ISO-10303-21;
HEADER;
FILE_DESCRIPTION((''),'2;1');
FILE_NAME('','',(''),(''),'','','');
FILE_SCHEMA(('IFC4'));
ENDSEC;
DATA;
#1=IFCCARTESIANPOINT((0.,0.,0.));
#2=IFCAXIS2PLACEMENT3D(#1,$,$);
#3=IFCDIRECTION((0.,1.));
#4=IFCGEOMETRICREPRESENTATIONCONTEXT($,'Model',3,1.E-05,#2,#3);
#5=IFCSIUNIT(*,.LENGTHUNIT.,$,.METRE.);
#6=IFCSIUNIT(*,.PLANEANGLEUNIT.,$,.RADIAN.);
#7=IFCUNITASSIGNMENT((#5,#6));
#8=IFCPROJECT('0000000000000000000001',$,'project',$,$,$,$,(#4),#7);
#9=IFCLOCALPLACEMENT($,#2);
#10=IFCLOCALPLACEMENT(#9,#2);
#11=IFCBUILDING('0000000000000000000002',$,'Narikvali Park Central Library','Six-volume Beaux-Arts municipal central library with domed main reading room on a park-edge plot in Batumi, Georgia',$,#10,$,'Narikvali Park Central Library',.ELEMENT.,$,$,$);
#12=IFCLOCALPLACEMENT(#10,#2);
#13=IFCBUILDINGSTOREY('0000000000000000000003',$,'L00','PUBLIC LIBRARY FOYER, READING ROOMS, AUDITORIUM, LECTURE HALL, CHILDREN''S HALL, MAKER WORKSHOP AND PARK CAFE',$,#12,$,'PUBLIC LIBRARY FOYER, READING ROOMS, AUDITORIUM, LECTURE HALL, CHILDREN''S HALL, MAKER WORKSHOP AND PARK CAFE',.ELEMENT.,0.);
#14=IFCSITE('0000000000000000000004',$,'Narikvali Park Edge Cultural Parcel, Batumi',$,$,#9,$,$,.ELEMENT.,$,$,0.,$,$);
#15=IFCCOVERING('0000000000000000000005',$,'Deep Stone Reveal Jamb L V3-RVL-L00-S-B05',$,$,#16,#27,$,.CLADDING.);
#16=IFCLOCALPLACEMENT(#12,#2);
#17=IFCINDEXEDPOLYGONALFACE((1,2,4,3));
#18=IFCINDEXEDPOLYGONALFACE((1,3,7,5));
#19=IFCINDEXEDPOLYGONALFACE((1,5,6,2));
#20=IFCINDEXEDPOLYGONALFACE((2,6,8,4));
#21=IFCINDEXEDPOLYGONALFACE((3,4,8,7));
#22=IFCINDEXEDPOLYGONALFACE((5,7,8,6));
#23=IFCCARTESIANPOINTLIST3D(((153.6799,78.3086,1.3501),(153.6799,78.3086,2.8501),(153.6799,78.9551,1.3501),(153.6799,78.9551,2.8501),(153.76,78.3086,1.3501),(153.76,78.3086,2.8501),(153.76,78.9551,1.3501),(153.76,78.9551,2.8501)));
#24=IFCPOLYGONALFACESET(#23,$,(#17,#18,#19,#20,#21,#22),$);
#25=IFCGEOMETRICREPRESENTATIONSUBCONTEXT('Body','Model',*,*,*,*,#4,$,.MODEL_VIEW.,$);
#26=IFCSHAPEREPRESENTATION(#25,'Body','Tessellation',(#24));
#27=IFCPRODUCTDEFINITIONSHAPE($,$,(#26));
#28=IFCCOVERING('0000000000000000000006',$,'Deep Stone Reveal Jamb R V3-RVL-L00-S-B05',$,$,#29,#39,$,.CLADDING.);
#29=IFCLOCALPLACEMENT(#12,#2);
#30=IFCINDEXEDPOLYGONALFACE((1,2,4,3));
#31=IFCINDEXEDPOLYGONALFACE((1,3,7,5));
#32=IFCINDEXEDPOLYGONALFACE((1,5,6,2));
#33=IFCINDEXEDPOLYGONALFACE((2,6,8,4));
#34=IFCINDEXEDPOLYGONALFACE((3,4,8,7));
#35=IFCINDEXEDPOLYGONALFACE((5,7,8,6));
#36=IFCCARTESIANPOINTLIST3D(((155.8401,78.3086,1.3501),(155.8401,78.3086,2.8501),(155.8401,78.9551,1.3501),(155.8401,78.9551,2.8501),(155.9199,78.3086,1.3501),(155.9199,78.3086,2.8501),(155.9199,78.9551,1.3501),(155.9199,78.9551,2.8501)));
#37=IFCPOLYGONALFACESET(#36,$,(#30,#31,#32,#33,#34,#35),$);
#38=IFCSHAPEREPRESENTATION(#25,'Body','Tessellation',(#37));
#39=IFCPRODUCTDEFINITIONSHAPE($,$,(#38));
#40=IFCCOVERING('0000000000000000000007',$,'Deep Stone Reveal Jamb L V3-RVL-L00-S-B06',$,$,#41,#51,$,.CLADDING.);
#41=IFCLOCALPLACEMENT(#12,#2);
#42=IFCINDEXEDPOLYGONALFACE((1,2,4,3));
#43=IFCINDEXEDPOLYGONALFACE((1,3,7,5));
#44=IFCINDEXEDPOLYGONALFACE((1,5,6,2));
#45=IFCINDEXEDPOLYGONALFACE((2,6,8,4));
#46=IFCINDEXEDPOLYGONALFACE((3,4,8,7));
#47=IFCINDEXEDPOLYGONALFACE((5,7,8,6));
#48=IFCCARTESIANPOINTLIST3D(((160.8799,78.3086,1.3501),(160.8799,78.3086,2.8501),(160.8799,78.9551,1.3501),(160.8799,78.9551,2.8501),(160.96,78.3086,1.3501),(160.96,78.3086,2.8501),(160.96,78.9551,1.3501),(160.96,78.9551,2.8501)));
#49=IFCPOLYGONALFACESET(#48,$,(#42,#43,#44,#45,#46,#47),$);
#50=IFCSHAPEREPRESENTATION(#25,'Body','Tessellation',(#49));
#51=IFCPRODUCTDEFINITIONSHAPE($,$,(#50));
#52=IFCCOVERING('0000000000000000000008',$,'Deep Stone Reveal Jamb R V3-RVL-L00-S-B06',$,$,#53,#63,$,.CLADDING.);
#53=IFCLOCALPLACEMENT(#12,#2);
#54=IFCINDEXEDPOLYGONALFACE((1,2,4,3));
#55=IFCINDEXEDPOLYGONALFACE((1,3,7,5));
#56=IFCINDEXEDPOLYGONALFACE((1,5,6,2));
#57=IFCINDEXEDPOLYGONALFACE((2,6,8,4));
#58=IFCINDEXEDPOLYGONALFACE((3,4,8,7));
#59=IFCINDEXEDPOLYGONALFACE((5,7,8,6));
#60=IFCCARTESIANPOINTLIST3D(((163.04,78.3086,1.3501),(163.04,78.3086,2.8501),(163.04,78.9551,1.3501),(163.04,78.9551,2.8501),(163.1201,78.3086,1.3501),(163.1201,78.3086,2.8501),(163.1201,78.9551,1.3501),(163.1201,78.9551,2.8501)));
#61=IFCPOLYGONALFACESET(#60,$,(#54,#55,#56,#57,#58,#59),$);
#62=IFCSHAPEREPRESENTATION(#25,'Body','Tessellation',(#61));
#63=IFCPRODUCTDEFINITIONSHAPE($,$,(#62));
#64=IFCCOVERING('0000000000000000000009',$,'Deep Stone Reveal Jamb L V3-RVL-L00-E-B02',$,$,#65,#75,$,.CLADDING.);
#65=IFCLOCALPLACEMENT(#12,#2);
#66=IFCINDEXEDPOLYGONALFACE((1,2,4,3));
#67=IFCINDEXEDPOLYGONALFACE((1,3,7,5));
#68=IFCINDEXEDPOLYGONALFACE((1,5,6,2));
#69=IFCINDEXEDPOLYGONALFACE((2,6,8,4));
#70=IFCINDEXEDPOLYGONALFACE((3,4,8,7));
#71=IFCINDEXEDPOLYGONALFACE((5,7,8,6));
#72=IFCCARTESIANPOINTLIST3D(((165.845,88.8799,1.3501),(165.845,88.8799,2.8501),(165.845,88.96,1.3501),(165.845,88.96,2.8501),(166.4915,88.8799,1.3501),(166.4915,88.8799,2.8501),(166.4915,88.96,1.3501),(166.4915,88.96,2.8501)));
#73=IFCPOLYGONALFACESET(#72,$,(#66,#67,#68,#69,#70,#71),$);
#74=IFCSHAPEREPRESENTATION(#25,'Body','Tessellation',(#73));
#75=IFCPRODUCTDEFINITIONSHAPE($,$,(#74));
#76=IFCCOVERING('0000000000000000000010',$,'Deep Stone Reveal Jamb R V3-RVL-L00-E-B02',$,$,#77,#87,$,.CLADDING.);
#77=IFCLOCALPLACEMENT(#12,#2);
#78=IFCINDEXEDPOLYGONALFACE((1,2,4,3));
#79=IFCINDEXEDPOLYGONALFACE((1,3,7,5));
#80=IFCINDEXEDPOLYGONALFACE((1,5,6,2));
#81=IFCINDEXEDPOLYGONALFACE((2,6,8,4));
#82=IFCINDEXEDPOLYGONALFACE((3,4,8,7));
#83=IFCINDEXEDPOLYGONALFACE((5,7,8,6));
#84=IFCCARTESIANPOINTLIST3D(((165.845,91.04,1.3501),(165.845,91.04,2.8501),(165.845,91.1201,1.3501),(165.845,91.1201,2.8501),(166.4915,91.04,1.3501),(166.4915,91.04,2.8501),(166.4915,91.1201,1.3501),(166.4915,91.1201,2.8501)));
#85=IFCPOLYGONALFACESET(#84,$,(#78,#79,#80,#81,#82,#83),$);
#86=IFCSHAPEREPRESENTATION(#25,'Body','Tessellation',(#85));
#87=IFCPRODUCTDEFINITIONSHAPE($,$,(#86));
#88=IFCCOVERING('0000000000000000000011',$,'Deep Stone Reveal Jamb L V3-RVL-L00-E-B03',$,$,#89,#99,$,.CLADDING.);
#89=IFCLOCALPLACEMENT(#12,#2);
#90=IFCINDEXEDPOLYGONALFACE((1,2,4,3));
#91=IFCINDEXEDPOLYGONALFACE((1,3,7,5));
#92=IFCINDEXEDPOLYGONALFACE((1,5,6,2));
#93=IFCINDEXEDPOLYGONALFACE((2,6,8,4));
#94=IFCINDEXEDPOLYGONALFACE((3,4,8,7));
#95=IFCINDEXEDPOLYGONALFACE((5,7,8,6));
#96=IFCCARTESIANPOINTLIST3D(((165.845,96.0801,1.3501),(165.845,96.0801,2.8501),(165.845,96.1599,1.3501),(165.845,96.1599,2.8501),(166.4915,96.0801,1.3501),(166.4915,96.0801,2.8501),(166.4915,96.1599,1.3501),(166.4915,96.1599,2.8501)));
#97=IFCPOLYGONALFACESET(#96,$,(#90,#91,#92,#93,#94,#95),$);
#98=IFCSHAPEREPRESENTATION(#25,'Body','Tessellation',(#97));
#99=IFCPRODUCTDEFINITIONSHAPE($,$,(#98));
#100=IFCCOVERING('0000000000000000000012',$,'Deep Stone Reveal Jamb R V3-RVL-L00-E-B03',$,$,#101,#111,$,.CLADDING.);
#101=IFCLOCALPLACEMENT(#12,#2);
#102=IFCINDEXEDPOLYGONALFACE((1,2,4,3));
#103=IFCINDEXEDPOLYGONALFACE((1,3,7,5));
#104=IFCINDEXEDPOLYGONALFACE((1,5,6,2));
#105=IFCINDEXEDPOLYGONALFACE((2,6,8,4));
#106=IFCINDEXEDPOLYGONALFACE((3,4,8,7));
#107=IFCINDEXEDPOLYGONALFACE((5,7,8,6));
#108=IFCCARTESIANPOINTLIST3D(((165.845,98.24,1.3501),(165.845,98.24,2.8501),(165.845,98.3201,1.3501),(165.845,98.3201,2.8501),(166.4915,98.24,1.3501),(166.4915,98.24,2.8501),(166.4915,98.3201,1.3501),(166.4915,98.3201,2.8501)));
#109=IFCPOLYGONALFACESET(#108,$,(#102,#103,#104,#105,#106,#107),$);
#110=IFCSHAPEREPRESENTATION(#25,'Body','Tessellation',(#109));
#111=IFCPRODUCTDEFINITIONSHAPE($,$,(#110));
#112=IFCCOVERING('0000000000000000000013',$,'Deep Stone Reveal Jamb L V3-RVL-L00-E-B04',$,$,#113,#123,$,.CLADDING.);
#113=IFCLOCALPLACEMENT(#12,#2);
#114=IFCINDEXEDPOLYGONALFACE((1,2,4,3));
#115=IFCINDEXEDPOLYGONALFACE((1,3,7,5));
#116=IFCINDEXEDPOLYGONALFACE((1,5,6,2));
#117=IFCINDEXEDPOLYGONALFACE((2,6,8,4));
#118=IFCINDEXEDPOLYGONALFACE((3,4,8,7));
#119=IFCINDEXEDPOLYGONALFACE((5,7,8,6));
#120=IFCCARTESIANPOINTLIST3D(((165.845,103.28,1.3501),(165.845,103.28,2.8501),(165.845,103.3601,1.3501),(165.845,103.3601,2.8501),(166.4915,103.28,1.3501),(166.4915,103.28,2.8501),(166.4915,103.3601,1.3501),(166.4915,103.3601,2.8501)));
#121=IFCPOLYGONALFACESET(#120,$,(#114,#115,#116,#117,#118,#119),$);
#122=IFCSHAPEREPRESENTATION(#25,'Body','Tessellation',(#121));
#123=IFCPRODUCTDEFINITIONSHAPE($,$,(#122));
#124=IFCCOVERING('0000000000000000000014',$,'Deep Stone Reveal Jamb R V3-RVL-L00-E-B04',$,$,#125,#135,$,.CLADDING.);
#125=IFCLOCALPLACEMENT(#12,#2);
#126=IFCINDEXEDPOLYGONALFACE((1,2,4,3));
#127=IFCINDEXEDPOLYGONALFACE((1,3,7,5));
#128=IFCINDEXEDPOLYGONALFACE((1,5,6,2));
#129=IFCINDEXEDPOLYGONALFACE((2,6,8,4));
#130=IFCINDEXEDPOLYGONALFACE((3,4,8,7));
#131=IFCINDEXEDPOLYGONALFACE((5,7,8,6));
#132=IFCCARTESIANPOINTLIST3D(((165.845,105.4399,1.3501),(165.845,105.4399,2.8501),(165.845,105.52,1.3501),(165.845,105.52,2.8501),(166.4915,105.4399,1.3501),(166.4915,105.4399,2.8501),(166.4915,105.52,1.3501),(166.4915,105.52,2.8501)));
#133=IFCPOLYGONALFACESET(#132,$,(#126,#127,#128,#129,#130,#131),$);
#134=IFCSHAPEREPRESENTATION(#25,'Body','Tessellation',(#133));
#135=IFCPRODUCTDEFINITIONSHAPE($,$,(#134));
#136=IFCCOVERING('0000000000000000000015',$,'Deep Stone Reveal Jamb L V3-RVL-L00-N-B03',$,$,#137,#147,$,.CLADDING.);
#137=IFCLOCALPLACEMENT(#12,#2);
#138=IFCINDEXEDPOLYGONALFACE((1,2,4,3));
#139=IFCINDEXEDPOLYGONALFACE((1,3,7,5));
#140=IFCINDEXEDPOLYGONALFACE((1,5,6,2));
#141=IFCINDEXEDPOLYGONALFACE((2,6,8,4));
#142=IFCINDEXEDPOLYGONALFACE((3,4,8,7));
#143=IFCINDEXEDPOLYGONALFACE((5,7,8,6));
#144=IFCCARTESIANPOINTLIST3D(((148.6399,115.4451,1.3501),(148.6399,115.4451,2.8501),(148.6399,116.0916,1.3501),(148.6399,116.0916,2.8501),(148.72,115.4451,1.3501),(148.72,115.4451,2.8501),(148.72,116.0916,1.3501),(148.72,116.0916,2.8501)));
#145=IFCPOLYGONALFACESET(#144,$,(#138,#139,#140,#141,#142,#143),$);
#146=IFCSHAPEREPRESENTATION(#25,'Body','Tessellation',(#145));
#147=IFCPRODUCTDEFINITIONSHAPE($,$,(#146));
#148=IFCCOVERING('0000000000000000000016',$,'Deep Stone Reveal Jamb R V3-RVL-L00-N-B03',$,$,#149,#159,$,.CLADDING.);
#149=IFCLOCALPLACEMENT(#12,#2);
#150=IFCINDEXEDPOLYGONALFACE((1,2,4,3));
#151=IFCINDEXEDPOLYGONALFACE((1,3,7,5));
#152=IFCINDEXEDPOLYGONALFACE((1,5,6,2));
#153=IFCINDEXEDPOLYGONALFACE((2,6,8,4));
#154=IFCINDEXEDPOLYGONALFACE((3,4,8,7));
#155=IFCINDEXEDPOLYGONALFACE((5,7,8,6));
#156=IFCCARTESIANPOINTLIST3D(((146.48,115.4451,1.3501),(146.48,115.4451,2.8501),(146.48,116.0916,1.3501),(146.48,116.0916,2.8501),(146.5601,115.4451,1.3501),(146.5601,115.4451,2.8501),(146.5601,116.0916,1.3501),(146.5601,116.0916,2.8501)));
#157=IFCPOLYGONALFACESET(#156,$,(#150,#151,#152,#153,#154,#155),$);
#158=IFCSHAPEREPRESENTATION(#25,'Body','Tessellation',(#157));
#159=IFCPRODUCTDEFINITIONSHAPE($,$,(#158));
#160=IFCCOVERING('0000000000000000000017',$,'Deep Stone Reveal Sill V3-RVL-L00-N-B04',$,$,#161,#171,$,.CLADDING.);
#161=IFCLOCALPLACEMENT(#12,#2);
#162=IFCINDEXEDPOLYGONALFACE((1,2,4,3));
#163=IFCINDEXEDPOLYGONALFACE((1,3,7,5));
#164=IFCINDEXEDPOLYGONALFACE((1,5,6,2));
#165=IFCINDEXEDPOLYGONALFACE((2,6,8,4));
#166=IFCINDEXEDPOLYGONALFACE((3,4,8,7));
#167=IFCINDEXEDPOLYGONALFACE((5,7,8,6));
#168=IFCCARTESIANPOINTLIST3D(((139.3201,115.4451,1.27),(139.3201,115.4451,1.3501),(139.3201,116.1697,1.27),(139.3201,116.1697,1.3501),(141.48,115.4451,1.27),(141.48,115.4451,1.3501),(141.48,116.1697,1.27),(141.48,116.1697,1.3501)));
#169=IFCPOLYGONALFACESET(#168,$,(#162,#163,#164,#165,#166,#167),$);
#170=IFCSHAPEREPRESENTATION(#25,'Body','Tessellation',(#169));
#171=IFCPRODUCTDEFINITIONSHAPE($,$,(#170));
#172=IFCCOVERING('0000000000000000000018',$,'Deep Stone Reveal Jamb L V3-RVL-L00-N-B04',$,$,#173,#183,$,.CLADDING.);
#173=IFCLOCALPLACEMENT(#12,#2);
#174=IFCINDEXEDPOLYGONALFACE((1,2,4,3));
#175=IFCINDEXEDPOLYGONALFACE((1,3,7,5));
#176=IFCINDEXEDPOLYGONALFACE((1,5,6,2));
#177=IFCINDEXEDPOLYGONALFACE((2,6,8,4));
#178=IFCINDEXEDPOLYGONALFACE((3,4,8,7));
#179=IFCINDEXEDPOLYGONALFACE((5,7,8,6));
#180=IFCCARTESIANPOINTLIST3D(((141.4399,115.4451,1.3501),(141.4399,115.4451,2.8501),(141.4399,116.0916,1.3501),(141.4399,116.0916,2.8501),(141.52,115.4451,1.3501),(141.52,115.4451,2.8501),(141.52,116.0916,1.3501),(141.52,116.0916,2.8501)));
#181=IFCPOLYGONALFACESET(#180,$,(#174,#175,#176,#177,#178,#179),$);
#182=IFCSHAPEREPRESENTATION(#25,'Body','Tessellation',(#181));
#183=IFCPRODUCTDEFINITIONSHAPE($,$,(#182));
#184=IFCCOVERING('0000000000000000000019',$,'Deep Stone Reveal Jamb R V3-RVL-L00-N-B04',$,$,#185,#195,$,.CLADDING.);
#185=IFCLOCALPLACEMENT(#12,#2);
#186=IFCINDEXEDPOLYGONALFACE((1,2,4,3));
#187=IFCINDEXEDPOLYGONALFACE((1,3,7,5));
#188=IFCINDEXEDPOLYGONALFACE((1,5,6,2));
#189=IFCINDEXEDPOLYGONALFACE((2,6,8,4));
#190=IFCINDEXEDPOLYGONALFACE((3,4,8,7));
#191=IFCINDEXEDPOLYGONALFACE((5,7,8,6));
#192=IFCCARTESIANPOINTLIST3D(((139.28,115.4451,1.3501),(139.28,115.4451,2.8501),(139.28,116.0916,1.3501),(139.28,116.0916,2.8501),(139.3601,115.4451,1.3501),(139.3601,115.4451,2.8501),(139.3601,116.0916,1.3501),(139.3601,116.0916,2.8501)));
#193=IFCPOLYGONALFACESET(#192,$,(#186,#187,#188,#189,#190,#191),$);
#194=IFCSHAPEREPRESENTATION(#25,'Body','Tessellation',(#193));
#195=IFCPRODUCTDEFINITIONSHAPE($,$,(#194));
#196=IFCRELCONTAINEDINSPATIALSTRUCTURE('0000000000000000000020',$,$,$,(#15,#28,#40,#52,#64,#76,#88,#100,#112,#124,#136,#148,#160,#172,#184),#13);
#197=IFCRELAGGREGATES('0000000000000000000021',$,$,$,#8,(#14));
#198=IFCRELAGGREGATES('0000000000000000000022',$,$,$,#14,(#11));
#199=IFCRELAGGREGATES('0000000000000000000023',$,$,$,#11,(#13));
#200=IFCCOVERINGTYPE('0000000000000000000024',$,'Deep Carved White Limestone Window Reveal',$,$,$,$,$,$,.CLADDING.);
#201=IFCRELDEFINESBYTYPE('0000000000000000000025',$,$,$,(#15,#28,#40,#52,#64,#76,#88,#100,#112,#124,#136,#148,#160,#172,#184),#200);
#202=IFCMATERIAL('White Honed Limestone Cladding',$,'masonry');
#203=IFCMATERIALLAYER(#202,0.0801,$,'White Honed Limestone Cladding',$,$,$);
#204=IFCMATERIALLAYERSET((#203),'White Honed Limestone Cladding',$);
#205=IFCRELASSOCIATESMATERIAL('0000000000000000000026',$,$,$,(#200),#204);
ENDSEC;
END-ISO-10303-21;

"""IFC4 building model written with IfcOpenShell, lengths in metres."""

from ifc_helpers import new_model, si_unit, direction, frame, origin, place, context, subcontext, project, spatial, polyline, outline, extrude, material, layer, layer_set, type_object, element, save


model = new_model("IFC4")

# Units and contexts
model_context = context("Model", 3, precision=1e-05, world=origin(), true_north=direction((0.0, 1.0)))
body_context = subcontext(model_context, "Body", "Model", "MODEL_VIEW")
ifc_project = project(units=[si_unit("LENGTHUNIT", "METRE"), si_unit("PLANEANGLEUNIT", "RADIAN")], contexts=[model_context])

# Site, building, storey
site_placement = place(None, origin())
site = spatial("IfcSite", under=ifc_project, at=site_placement, Name="Narikvali Park Edge Cultural Parcel, Batumi", CompositionType="ELEMENT", RefElevation=0.0)
building_placement = place(site_placement, origin())
building = spatial("IfcBuilding", under=site, at=building_placement, Name="Narikvali Park Central Library", Description="Six-volume Beaux-Arts municipal central library with domed main reading room on a park-edge plot in Batumi, Georgia", LongName="Narikvali Park Central Library", CompositionType="ELEMENT")
storey_placement = place(building_placement, origin())
storey = spatial("IfcBuildingStorey", under=building, at=storey_placement, Name="L00", Description="PUBLIC LIBRARY FOYER, READING ROOMS, AUDITORIUM, LECTURE HALL, CHILDREN'S HALL, MAKER WORKSHOP AND PARK CAFE", LongName="PUBLIC LIBRARY FOYER, READING ROOMS, AUDITORIUM, LECTURE HALL, CHILDREN'S HALL, MAKER WORKSHOP AND PARK CAFE", CompositionType="ELEMENT", Elevation=0.0)

# Coverings
ifc_material = material(Name="White Honed Limestone Cladding", Category="masonry")
ifc_layer = layer(ifc_material, 0.0801, Name="White Honed Limestone Cladding")
ifc_layer_set = layer_set([ifc_layer], Name="White Honed Limestone Cladding")
covering_type = type_object("IfcCoveringType", Name="Deep Carved White Limestone Window Reveal", PredefinedType="CLADDING", material=ifc_layer_set)
covering_1_placement = place(storey_placement, frame((0.0, 0.0, 1.3501)))
element("IfcCovering", 1, at=covering_1_placement, inside=storey, type_object=covering_type, Name="Deep Stone Reveal Jamb L V3-RVL-L00-S-B05", PredefinedType="CLADDING", context=body_context, shape_type="SweptSolid", body=[
    extrude(outline(polyline([(153.6799, 78.9551), (153.76, 78.9551), (153.76, 78.3086), (153.6799, 78.3086), (153.6799, 78.9551)])), origin(), (0.0, 0.0, 1.0), 1.5),
])
covering_2_placement = place(storey_placement, frame((0.0, 0.0, 1.3501)))
element("IfcCovering", 2, at=covering_2_placement, inside=storey, type_object=covering_type, Name="Deep Stone Reveal Jamb R V3-RVL-L00-S-B05", PredefinedType="CLADDING", context=body_context, shape_type="SweptSolid", body=[
    extrude(outline(polyline([(155.8401, 78.9551), (155.9199, 78.9551), (155.9199, 78.3086), (155.8401, 78.3086), (155.8401, 78.9551)])), origin(), (0.0, 0.0, 1.0), 1.5),
])
covering_3_placement = place(storey_placement, frame((0.0, 0.0, 1.3501)))
element("IfcCovering", 3, at=covering_3_placement, inside=storey, type_object=covering_type, Name="Deep Stone Reveal Jamb L V3-RVL-L00-S-B06", PredefinedType="CLADDING", context=body_context, shape_type="SweptSolid", body=[
    extrude(outline(polyline([(160.8799, 78.9551), (160.96, 78.9551), (160.96, 78.3086), (160.8799, 78.3086), (160.8799, 78.9551)])), origin(), (0.0, 0.0, 1.0), 1.5),
])
covering_4_placement = place(storey_placement, frame((0.0, 0.0, 1.3501)))
element("IfcCovering", 4, at=covering_4_placement, inside=storey, type_object=covering_type, Name="Deep Stone Reveal Jamb R V3-RVL-L00-S-B06", PredefinedType="CLADDING", context=body_context, shape_type="SweptSolid", body=[
    extrude(outline(polyline([(163.04, 78.9551), (163.1201, 78.9551), (163.1201, 78.3086), (163.04, 78.3086), (163.04, 78.9551)])), origin(), (0.0, 0.0, 1.0), 1.5),
])
covering_5_placement = place(storey_placement, frame((0.0, 0.0, 1.3501)))
element("IfcCovering", 5, at=covering_5_placement, inside=storey, type_object=covering_type, Name="Deep Stone Reveal Jamb L V3-RVL-L00-E-B02", PredefinedType="CLADDING", context=body_context, shape_type="SweptSolid", body=[
    extrude(outline(polyline([(165.845, 88.8799), (165.845, 88.96), (166.4915, 88.96), (166.4915, 88.8799), (165.845, 88.8799)])), origin(), (0.0, 0.0, 1.0), 1.5),
])
covering_6_placement = place(storey_placement, frame((0.0, 0.0, 1.3501)))
element("IfcCovering", 6, at=covering_6_placement, inside=storey, type_object=covering_type, Name="Deep Stone Reveal Jamb R V3-RVL-L00-E-B02", PredefinedType="CLADDING", context=body_context, shape_type="SweptSolid", body=[
    extrude(outline(polyline([(165.845, 91.04), (165.845, 91.1201), (166.4915, 91.1201), (166.4915, 91.04), (165.845, 91.04)])), origin(), (0.0, 0.0, 1.0), 1.5),
])
covering_7_placement = place(storey_placement, frame((0.0, 0.0, 1.3501)))
element("IfcCovering", 7, at=covering_7_placement, inside=storey, type_object=covering_type, Name="Deep Stone Reveal Jamb L V3-RVL-L00-E-B03", PredefinedType="CLADDING", context=body_context, shape_type="SweptSolid", body=[
    extrude(outline(polyline([(165.845, 96.0801), (165.845, 96.1599), (166.4915, 96.1599), (166.4915, 96.0801), (165.845, 96.0801)])), origin(), (0.0, 0.0, 1.0), 1.5),
])
covering_8_placement = place(storey_placement, frame((0.0, 0.0, 1.3501)))
element("IfcCovering", 8, at=covering_8_placement, inside=storey, type_object=covering_type, Name="Deep Stone Reveal Jamb R V3-RVL-L00-E-B03", PredefinedType="CLADDING", context=body_context, shape_type="SweptSolid", body=[
    extrude(outline(polyline([(165.845, 98.24), (165.845, 98.3201), (166.4915, 98.3201), (166.4915, 98.24), (165.845, 98.24)])), origin(), (0.0, 0.0, 1.0), 1.5),
])
covering_9_placement = place(storey_placement, frame((0.0, 0.0, 1.3501)))
element("IfcCovering", 9, at=covering_9_placement, inside=storey, type_object=covering_type, Name="Deep Stone Reveal Jamb L V3-RVL-L00-E-B04", PredefinedType="CLADDING", context=body_context, shape_type="SweptSolid", body=[
    extrude(outline(polyline([(165.845, 103.28), (165.845, 103.3601), (166.4915, 103.3601), (166.4915, 103.28), (165.845, 103.28)])), origin(), (0.0, 0.0, 1.0), 1.5),
])
covering_10_placement = place(storey_placement, frame((0.0, 0.0, 1.3501)))
element("IfcCovering", 10, at=covering_10_placement, inside=storey, type_object=covering_type, Name="Deep Stone Reveal Jamb R V3-RVL-L00-E-B04", PredefinedType="CLADDING", context=body_context, shape_type="SweptSolid", body=[
    extrude(outline(polyline([(165.845, 105.4399), (165.845, 105.52), (166.4915, 105.52), (166.4915, 105.4399), (165.845, 105.4399)])), origin(), (0.0, 0.0, 1.0), 1.5),
])
covering_11_placement = place(storey_placement, frame((0.0, 0.0, 1.3501)))
element("IfcCovering", 11, at=covering_11_placement, inside=storey, type_object=covering_type, Name="Deep Stone Reveal Jamb L V3-RVL-L00-N-B03", PredefinedType="CLADDING", context=body_context, shape_type="SweptSolid", body=[
    extrude(outline(polyline([(148.72, 115.4451), (148.6399, 115.4451), (148.6399, 116.0916), (148.72, 116.0916), (148.72, 115.4451)])), origin(), (0.0, 0.0, 1.0), 1.5),
])
covering_12_placement = place(storey_placement, frame((0.0, 0.0, 1.3501)))
element("IfcCovering", 12, at=covering_12_placement, inside=storey, type_object=covering_type, Name="Deep Stone Reveal Jamb R V3-RVL-L00-N-B03", PredefinedType="CLADDING", context=body_context, shape_type="SweptSolid", body=[
    extrude(outline(polyline([(146.5601, 115.4451), (146.48, 115.4451), (146.48, 116.0916), (146.5601, 116.0916), (146.5601, 115.4451)])), origin(), (0.0, 0.0, 1.0), 1.5),
])
covering_13_placement = place(storey_placement, frame((0.0, 0.0, 1.27)))
element("IfcCovering", 13, at=covering_13_placement, inside=storey, type_object=covering_type, Name="Deep Stone Reveal Sill V3-RVL-L00-N-B04", PredefinedType="CLADDING", context=body_context, shape_type="SweptSolid", body=[
    extrude(outline(polyline([(141.48, 115.4451), (139.3201, 115.4451), (139.3201, 116.1697), (141.48, 116.1697), (141.48, 115.4451)])), origin(), (0.0, 0.0, 1.0), 0.0801),
])
covering_14_placement = place(storey_placement, frame((0.0, 0.0, 1.3501)))
element("IfcCovering", 14, at=covering_14_placement, inside=storey, type_object=covering_type, Name="Deep Stone Reveal Jamb L V3-RVL-L00-N-B04", PredefinedType="CLADDING", context=body_context, shape_type="SweptSolid", body=[
    extrude(outline(polyline([(141.52, 115.4451), (141.4399, 115.4451), (141.4399, 116.0916), (141.52, 116.0916), (141.52, 115.4451)])), origin(), (0.0, 0.0, 1.0), 1.5),
])
covering_15_placement = place(storey_placement, frame((0.0, 0.0, 1.3501)))
element("IfcCovering", 15, at=covering_15_placement, inside=storey, type_object=covering_type, Name="Deep Stone Reveal Jamb R V3-RVL-L00-N-B04", PredefinedType="CLADDING", context=body_context, shape_type="SweptSolid", body=[
    extrude(outline(polyline([(139.3601, 115.4451), (139.28, 115.4451), (139.28, 116.0916), (139.3601, 116.0916), (139.3601, 115.4451)])), origin(), (0.0, 0.0, 1.0), 1.5),
])

save(model, "model.ifc")
